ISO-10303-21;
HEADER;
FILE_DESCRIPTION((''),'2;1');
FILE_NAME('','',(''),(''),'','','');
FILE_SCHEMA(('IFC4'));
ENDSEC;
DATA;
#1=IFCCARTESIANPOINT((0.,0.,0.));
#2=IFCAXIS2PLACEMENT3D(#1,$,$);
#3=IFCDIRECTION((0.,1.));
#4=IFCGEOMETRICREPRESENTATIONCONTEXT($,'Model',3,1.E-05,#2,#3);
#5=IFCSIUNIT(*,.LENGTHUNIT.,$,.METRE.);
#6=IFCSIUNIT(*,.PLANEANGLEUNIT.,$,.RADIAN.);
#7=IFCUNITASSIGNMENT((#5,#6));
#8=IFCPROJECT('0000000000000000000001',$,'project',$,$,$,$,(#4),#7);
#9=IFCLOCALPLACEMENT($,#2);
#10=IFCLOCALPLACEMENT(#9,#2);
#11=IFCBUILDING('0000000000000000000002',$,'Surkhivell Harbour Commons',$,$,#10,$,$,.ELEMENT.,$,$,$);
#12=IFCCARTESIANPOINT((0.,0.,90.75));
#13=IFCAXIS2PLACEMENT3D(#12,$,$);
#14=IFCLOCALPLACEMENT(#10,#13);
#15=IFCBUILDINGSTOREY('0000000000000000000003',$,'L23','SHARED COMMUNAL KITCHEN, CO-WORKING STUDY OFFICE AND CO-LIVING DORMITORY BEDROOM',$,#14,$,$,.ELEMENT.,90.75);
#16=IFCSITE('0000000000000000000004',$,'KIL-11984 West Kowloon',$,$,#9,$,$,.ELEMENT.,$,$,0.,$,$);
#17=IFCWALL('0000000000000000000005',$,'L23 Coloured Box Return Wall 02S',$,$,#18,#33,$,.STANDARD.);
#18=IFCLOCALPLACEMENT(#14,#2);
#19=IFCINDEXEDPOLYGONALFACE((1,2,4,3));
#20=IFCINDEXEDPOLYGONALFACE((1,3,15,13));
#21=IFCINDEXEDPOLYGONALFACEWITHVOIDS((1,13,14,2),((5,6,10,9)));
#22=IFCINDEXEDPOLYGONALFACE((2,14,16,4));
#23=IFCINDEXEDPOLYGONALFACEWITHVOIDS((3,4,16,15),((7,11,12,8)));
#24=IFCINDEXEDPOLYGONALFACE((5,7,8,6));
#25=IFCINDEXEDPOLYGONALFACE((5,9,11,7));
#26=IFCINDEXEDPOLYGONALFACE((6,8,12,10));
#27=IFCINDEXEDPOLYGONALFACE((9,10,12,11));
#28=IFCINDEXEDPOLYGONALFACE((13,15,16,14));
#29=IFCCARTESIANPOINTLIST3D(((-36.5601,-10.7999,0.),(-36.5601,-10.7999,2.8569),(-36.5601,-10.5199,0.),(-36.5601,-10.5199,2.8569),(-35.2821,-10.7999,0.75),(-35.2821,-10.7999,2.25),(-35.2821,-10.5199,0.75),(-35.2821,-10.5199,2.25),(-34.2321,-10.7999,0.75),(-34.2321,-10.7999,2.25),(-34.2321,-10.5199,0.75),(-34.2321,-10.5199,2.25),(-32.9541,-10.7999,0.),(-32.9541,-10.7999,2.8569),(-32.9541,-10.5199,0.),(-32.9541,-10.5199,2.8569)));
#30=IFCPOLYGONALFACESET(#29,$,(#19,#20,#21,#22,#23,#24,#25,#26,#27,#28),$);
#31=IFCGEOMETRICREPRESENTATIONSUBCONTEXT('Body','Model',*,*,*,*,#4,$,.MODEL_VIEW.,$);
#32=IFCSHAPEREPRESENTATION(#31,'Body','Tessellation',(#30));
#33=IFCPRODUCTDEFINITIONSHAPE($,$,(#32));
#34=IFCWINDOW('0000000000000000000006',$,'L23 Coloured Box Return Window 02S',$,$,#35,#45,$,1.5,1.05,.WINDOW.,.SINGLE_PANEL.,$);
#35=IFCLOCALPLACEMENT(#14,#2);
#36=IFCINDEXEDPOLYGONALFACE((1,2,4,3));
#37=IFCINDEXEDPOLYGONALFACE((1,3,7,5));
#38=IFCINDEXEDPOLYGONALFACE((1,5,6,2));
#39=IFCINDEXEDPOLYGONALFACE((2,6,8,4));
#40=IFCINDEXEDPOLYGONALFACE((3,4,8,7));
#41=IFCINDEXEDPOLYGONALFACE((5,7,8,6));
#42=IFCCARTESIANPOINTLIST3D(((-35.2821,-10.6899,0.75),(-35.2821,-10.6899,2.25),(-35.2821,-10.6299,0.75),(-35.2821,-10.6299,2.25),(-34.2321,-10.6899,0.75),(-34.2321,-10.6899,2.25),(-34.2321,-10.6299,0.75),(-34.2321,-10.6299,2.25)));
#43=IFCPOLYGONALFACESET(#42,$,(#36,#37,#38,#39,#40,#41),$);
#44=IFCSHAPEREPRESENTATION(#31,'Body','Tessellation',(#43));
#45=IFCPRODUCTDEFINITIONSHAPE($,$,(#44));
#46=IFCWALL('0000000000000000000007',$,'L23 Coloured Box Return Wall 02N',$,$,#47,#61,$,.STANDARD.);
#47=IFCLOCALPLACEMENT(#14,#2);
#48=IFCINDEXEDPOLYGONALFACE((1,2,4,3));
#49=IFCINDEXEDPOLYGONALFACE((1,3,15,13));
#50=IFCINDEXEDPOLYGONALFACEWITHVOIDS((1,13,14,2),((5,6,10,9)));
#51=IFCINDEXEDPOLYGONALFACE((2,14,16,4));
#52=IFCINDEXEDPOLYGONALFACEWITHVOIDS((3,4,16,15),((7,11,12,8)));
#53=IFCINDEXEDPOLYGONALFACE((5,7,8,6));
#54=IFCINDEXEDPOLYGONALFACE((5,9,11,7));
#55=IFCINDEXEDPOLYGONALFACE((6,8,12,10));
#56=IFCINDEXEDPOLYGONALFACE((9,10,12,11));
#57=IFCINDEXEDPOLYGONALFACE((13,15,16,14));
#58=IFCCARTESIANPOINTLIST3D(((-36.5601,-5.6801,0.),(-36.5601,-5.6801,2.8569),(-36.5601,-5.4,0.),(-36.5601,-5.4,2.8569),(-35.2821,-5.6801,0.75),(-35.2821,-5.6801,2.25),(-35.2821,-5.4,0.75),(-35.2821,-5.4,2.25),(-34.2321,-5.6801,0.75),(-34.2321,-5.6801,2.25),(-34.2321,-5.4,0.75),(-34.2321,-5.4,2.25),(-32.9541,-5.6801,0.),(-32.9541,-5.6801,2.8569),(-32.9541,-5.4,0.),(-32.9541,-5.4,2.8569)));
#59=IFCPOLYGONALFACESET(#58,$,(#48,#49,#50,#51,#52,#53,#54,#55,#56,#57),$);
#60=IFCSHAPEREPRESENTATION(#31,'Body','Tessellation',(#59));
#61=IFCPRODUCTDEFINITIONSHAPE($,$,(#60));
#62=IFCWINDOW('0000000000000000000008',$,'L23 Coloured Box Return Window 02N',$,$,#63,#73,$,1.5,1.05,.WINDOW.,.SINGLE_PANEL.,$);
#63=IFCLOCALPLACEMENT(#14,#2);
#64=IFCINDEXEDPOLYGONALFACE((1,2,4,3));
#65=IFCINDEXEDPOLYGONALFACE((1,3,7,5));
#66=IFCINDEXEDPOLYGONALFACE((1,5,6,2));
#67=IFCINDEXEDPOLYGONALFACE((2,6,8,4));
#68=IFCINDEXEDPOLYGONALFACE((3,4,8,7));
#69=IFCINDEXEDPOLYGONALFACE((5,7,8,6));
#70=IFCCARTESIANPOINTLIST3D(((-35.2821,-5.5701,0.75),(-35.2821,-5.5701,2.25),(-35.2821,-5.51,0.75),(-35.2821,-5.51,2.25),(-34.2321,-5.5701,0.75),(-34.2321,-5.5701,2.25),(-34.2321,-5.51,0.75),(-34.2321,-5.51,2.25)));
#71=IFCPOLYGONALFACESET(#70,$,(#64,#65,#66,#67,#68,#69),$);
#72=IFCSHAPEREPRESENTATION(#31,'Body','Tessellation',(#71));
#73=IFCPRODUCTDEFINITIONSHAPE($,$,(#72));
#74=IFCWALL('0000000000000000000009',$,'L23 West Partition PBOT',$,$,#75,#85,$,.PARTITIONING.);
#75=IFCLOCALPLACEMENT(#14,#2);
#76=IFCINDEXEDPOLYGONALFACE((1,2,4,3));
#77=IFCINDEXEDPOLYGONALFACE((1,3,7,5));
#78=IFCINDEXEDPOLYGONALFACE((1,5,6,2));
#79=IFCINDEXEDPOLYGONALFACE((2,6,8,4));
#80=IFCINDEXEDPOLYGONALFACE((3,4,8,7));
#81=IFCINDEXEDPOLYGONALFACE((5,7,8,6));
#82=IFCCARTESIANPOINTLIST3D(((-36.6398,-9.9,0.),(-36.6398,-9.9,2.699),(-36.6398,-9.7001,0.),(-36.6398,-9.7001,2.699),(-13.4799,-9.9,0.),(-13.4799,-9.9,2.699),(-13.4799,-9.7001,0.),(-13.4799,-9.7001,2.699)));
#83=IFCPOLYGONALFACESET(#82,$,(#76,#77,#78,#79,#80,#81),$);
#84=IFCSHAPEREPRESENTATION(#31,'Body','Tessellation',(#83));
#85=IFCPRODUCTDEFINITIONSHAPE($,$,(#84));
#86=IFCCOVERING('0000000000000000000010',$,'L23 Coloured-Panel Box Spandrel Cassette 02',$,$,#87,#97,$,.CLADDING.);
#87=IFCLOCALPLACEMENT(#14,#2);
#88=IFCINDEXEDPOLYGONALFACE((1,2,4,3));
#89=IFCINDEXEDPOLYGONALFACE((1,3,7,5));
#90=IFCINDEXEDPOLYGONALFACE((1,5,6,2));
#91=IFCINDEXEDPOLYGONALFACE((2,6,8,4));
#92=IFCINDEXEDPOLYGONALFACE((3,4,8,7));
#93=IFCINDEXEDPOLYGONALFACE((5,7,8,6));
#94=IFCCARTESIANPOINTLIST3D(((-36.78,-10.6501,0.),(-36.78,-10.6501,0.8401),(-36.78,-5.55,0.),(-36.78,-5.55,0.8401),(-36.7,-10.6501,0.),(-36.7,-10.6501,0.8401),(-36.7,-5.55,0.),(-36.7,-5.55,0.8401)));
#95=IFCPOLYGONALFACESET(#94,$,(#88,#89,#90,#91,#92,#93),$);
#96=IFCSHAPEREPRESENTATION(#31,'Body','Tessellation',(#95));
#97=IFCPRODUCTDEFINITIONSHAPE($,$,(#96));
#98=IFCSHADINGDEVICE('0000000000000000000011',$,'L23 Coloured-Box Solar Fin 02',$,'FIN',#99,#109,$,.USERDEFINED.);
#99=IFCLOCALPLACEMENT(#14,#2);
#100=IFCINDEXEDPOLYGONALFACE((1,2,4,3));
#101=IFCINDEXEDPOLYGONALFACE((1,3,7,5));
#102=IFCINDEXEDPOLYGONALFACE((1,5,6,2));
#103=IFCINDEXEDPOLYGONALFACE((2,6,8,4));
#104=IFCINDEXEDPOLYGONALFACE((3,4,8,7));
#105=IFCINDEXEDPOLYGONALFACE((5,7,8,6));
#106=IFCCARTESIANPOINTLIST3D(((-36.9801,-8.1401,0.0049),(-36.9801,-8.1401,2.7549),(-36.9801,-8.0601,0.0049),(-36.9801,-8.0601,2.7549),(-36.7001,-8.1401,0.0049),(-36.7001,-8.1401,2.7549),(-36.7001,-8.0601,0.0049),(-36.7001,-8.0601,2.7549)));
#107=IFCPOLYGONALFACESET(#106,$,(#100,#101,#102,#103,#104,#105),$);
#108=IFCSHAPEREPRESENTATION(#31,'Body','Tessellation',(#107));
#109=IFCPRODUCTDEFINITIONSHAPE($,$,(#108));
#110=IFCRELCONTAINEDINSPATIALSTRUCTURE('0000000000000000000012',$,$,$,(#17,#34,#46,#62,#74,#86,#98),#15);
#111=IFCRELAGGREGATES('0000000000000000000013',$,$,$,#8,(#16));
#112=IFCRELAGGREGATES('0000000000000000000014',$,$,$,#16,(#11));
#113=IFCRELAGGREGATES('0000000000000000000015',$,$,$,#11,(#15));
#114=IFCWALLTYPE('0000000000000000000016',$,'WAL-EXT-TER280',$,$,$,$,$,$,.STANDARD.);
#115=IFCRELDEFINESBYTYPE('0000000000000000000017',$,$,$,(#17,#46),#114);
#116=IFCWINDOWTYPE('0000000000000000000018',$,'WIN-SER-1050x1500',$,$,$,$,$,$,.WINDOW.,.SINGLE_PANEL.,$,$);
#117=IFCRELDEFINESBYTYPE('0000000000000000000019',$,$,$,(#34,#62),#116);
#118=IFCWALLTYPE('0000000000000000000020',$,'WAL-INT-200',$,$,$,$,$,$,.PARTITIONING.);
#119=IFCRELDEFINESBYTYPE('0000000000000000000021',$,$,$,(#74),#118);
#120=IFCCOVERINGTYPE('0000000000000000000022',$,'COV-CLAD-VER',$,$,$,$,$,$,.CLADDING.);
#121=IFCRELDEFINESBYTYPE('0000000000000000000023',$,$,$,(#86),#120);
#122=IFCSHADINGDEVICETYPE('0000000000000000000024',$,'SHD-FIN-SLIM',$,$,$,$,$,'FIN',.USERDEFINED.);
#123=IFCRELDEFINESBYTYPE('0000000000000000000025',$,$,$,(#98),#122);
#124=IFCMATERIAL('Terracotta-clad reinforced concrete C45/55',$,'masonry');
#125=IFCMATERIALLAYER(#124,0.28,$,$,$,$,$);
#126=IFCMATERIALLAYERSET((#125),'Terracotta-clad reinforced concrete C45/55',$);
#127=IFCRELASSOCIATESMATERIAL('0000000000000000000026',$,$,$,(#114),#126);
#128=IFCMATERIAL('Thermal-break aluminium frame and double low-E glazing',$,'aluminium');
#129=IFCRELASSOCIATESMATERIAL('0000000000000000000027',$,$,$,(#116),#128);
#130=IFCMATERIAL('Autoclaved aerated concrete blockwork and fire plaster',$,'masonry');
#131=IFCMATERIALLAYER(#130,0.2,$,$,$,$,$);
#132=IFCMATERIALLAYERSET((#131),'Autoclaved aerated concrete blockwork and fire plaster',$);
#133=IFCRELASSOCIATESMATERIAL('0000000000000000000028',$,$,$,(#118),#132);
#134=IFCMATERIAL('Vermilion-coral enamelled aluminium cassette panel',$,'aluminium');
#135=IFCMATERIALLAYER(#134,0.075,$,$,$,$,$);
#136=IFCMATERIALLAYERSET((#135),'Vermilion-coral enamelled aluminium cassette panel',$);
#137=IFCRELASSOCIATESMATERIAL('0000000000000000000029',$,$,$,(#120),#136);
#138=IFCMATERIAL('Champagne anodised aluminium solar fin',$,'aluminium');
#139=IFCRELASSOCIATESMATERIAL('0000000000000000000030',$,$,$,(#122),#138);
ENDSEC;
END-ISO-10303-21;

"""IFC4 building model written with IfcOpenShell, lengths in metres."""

from ifc_helpers import new_model, si_unit, direction, frame, frame_2d, origin, origin_2d, place, context, subcontext, project, spatial, rectangle, extrude, material, layer, layer_set, type_object, element, fill, save


model = new_model("IFC4")

# Units and contexts
model_context = context("Model", 3, precision=1e-05, world=origin(), true_north=direction((0.0, 1.0)))
body_context = subcontext(model_context, "Body", "Model", "MODEL_VIEW")
ifc_project = project(units=[si_unit("LENGTHUNIT", "METRE"), si_unit("PLANEANGLEUNIT", "RADIAN")], contexts=[model_context])

# Site, building, storey
site_placement = place(None, origin())
site = spatial("IfcSite", under=ifc_project, at=site_placement, Name="KIL-11984 West Kowloon", CompositionType="ELEMENT", RefElevation=0.0)
building_placement = place(site_placement, origin())
building = spatial("IfcBuilding", under=site, at=building_placement, Name="Surkhivell Harbour Commons", CompositionType="ELEMENT")
storey_placement = place(building_placement, frame((0.0, 0.0, 90.75)))
storey = spatial("IfcBuildingStorey", under=building, at=storey_placement, Name="L23", Description="SHARED COMMUNAL KITCHEN, CO-WORKING STUDY OFFICE AND CO-LIVING DORMITORY BEDROOM", CompositionType="ELEMENT", Elevation=90.75)

# Walls, openings, windows
ifc_material_1 = material(Name="Terracotta-clad reinforced concrete C45/55", Category="masonry")
ifc_layer_1 = layer(ifc_material_1, 0.28)
ifc_layer_set_1 = layer_set([ifc_layer_1], Name="Terracotta-clad reinforced concrete C45/55")
wall_type_1 = type_object("IfcWallType", Name="WAL-EXT-TER280", PredefinedType="STANDARD", material=ifc_layer_set_1)
ifc_material_2 = material(Name="Thermal-break aluminium frame and double low-E glazing", Category="aluminium")
wall_1_placement = place(storey_placement, frame((-36.5601, -10.6599, 0.0), z_axis=(0.0, 0.0, 1.0), x_axis=(1.0, 0.0, 0.0)))
wall_1 = element("IfcWall", 1, at=wall_1_placement, inside=storey, type_object=wall_type_1, Name="L23 Coloured Box Return Wall 02S", PredefinedType="STANDARD", context=body_context, shape_type="SweptSolid", body=[
    extrude(rectangle(XDim=3.606, YDim=0.28, at=frame_2d((1.803, 0.0))), origin(), (0.0, 0.0, 1.0), 2.8569),
])
opening_1_placement = place(wall_1_placement, frame((1.2781, 0.0, 0.75)))
opening_1 = element("IfcOpeningElement", 2, at=opening_1_placement, cuts=wall_1, PredefinedType="OPENING", context=body_context, shape_type="SweptSolid", body=[
    extrude(rectangle(XDim=1.05, YDim=1.5, at=frame_2d((0.5249, 0.75))), frame((0.0, 0.1499, 0.0), z_axis=(0.0, -1.0, 0.0), x_axis=(1.0, 0.0, 0.0)), (0.0, 0.0, 1.0), 0.3),
])
window_type_1 = type_object("IfcWindowType", Name="WIN-SER-1050x1500", PartitioningType="SINGLE_PANEL", PredefinedType="WINDOW", material=ifc_material_2)
window_1_placement = place(opening_1_placement, origin())
window_1 = element("IfcWindow", 3, at=window_1_placement, inside=storey, type_object=window_type_1, Name="L23 Coloured Box Return Window 02S", OverallHeight=1.5, OverallWidth=1.05, PartitioningType="SINGLE_PANEL", PredefinedType="WINDOW", context=body_context, shape_type="SweptSolid", body=[
    extrude(rectangle(XDim=1.05, YDim=1.5, at=frame_2d((0.5249, 0.75))), frame((0.0, 0.03, 0.0), z_axis=(0.0, -1.0, 0.0), x_axis=(1.0, 0.0, 0.0)), (0.0, 0.0, 1.0), 0.0601),
])
fill(opening_1, window_1)
wall_2_placement = place(storey_placement, frame((-36.5601, -5.54, 0.0), z_axis=(0.0, 0.0, 1.0), x_axis=(1.0, 0.0, 0.0)))
wall_2 = element("IfcWall", 4, at=wall_2_placement, inside=storey, type_object=wall_type_1, Name="L23 Coloured Box Return Wall 02N", PredefinedType="STANDARD", context=body_context, shape_type="SweptSolid", body=[
    extrude(rectangle(XDim=3.606, YDim=0.28, at=frame_2d((1.803, 0.0))), origin(), (0.0, 0.0, 1.0), 2.8569),
])
opening_2_placement = place(wall_2_placement, frame((1.2781, 0.0, 0.75)))
opening_2 = element("IfcOpeningElement", 5, at=opening_2_placement, cuts=wall_2, PredefinedType="OPENING", context=body_context, shape_type="SweptSolid", body=[
    extrude(rectangle(XDim=1.05, YDim=1.5, at=frame_2d((0.5249, 0.75))), frame((0.0, 0.1499, 0.0), z_axis=(0.0, -1.0, 0.0), x_axis=(1.0, 0.0, 0.0)), (0.0, 0.0, 1.0), 0.3),
])
window_2_placement = place(opening_2_placement, origin())
window_2 = element("IfcWindow", 6, at=window_2_placement, inside=storey, type_object=window_type_1, Name="L23 Coloured Box Return Window 02N", OverallHeight=1.5, OverallWidth=1.05, PartitioningType="SINGLE_PANEL", PredefinedType="WINDOW", context=body_context, shape_type="SweptSolid", body=[
    extrude(rectangle(XDim=1.05, YDim=1.5, at=frame_2d((0.5249, 0.75))), frame((0.0, 0.03, 0.0), z_axis=(0.0, -1.0, 0.0), x_axis=(1.0, 0.0, 0.0)), (0.0, 0.0, 1.0), 0.0601),
])
fill(opening_2, window_2)

# Wall
ifc_material_3 = material(Name="Autoclaved aerated concrete blockwork and fire plaster", Category="masonry")
ifc_layer_2 = layer(ifc_material_3, 0.2)
ifc_layer_set_2 = layer_set([ifc_layer_2], Name="Autoclaved aerated concrete blockwork and fire plaster")
wall_type_2 = type_object("IfcWallType", Name="WAL-INT-200", PredefinedType="PARTITIONING", material=ifc_layer_set_2)
wall_3_placement = place(storey_placement, frame((-36.6399, -9.8, 0.0), z_axis=(0.0, 0.0, 1.0), x_axis=(1.0, 0.0, 0.0)))
element("IfcWall", 7, at=wall_3_placement, inside=storey, type_object=wall_type_2, Name="L23 West Partition PBOT", PredefinedType="PARTITIONING", context=body_context, shape_type="SweptSolid", body=[
    extrude(rectangle(XDim=23.1599, YDim=0.2, at=frame_2d((11.5801, 0.0))), origin(), (0.0, 0.0, 1.0), 2.699),
])

# Covering
ifc_material_4 = material(Name="Vermilion-coral enamelled aluminium cassette panel", Category="aluminium")
ifc_layer_3 = layer(ifc_material_4, 0.075)
ifc_layer_set_3 = layer_set([ifc_layer_3], Name="Vermilion-coral enamelled aluminium cassette panel")
covering_type = type_object("IfcCoveringType", Name="COV-CLAD-VER", PredefinedType="CLADDING", material=ifc_layer_set_3)
covering_placement = place(storey_placement, frame((-36.74, -8.1001, 0.0), z_axis=(0.0, 0.0, 1.0), x_axis=(1.0, 0.0, 0.0)))
element("IfcCovering", 8, at=covering_placement, inside=storey, type_object=covering_type, Name="L23 Coloured-Panel Box Spandrel Cassette 02", PredefinedType="CLADDING", context=body_context, shape_type="SweptSolid", body=[
    extrude(rectangle(XDim=0.0801, YDim=5.1001, at=origin_2d()), origin(), (0.0, 0.0, 1.0), 0.8401),
])

# Shading device
ifc_material_5 = material(Name="Champagne anodised aluminium solar fin", Category="aluminium")
shading_device_type = type_object("IfcShadingDeviceType", Name="SHD-FIN-SLIM", ElementType="FIN", PredefinedType="USERDEFINED", material=ifc_material_5)
shading_device_placement = place(storey_placement, frame((-36.8401, -8.1001, 0.0049), z_axis=(0.0, 0.0, 1.0), x_axis=(1.0, 0.0, 0.0)))
element("IfcShadingDevice", 9, at=shading_device_placement, inside=storey, type_object=shading_device_type, Name="L23 Coloured-Box Solar Fin 02", ObjectType="FIN", PredefinedType="USERDEFINED", context=body_context, shape_type="SweptSolid", body=[
    extrude(rectangle(XDim=0.28, YDim=0.0801, at=origin_2d()), origin(), (0.0, 0.0, 1.0), 2.75),
])

save(model, "model.ifc")
